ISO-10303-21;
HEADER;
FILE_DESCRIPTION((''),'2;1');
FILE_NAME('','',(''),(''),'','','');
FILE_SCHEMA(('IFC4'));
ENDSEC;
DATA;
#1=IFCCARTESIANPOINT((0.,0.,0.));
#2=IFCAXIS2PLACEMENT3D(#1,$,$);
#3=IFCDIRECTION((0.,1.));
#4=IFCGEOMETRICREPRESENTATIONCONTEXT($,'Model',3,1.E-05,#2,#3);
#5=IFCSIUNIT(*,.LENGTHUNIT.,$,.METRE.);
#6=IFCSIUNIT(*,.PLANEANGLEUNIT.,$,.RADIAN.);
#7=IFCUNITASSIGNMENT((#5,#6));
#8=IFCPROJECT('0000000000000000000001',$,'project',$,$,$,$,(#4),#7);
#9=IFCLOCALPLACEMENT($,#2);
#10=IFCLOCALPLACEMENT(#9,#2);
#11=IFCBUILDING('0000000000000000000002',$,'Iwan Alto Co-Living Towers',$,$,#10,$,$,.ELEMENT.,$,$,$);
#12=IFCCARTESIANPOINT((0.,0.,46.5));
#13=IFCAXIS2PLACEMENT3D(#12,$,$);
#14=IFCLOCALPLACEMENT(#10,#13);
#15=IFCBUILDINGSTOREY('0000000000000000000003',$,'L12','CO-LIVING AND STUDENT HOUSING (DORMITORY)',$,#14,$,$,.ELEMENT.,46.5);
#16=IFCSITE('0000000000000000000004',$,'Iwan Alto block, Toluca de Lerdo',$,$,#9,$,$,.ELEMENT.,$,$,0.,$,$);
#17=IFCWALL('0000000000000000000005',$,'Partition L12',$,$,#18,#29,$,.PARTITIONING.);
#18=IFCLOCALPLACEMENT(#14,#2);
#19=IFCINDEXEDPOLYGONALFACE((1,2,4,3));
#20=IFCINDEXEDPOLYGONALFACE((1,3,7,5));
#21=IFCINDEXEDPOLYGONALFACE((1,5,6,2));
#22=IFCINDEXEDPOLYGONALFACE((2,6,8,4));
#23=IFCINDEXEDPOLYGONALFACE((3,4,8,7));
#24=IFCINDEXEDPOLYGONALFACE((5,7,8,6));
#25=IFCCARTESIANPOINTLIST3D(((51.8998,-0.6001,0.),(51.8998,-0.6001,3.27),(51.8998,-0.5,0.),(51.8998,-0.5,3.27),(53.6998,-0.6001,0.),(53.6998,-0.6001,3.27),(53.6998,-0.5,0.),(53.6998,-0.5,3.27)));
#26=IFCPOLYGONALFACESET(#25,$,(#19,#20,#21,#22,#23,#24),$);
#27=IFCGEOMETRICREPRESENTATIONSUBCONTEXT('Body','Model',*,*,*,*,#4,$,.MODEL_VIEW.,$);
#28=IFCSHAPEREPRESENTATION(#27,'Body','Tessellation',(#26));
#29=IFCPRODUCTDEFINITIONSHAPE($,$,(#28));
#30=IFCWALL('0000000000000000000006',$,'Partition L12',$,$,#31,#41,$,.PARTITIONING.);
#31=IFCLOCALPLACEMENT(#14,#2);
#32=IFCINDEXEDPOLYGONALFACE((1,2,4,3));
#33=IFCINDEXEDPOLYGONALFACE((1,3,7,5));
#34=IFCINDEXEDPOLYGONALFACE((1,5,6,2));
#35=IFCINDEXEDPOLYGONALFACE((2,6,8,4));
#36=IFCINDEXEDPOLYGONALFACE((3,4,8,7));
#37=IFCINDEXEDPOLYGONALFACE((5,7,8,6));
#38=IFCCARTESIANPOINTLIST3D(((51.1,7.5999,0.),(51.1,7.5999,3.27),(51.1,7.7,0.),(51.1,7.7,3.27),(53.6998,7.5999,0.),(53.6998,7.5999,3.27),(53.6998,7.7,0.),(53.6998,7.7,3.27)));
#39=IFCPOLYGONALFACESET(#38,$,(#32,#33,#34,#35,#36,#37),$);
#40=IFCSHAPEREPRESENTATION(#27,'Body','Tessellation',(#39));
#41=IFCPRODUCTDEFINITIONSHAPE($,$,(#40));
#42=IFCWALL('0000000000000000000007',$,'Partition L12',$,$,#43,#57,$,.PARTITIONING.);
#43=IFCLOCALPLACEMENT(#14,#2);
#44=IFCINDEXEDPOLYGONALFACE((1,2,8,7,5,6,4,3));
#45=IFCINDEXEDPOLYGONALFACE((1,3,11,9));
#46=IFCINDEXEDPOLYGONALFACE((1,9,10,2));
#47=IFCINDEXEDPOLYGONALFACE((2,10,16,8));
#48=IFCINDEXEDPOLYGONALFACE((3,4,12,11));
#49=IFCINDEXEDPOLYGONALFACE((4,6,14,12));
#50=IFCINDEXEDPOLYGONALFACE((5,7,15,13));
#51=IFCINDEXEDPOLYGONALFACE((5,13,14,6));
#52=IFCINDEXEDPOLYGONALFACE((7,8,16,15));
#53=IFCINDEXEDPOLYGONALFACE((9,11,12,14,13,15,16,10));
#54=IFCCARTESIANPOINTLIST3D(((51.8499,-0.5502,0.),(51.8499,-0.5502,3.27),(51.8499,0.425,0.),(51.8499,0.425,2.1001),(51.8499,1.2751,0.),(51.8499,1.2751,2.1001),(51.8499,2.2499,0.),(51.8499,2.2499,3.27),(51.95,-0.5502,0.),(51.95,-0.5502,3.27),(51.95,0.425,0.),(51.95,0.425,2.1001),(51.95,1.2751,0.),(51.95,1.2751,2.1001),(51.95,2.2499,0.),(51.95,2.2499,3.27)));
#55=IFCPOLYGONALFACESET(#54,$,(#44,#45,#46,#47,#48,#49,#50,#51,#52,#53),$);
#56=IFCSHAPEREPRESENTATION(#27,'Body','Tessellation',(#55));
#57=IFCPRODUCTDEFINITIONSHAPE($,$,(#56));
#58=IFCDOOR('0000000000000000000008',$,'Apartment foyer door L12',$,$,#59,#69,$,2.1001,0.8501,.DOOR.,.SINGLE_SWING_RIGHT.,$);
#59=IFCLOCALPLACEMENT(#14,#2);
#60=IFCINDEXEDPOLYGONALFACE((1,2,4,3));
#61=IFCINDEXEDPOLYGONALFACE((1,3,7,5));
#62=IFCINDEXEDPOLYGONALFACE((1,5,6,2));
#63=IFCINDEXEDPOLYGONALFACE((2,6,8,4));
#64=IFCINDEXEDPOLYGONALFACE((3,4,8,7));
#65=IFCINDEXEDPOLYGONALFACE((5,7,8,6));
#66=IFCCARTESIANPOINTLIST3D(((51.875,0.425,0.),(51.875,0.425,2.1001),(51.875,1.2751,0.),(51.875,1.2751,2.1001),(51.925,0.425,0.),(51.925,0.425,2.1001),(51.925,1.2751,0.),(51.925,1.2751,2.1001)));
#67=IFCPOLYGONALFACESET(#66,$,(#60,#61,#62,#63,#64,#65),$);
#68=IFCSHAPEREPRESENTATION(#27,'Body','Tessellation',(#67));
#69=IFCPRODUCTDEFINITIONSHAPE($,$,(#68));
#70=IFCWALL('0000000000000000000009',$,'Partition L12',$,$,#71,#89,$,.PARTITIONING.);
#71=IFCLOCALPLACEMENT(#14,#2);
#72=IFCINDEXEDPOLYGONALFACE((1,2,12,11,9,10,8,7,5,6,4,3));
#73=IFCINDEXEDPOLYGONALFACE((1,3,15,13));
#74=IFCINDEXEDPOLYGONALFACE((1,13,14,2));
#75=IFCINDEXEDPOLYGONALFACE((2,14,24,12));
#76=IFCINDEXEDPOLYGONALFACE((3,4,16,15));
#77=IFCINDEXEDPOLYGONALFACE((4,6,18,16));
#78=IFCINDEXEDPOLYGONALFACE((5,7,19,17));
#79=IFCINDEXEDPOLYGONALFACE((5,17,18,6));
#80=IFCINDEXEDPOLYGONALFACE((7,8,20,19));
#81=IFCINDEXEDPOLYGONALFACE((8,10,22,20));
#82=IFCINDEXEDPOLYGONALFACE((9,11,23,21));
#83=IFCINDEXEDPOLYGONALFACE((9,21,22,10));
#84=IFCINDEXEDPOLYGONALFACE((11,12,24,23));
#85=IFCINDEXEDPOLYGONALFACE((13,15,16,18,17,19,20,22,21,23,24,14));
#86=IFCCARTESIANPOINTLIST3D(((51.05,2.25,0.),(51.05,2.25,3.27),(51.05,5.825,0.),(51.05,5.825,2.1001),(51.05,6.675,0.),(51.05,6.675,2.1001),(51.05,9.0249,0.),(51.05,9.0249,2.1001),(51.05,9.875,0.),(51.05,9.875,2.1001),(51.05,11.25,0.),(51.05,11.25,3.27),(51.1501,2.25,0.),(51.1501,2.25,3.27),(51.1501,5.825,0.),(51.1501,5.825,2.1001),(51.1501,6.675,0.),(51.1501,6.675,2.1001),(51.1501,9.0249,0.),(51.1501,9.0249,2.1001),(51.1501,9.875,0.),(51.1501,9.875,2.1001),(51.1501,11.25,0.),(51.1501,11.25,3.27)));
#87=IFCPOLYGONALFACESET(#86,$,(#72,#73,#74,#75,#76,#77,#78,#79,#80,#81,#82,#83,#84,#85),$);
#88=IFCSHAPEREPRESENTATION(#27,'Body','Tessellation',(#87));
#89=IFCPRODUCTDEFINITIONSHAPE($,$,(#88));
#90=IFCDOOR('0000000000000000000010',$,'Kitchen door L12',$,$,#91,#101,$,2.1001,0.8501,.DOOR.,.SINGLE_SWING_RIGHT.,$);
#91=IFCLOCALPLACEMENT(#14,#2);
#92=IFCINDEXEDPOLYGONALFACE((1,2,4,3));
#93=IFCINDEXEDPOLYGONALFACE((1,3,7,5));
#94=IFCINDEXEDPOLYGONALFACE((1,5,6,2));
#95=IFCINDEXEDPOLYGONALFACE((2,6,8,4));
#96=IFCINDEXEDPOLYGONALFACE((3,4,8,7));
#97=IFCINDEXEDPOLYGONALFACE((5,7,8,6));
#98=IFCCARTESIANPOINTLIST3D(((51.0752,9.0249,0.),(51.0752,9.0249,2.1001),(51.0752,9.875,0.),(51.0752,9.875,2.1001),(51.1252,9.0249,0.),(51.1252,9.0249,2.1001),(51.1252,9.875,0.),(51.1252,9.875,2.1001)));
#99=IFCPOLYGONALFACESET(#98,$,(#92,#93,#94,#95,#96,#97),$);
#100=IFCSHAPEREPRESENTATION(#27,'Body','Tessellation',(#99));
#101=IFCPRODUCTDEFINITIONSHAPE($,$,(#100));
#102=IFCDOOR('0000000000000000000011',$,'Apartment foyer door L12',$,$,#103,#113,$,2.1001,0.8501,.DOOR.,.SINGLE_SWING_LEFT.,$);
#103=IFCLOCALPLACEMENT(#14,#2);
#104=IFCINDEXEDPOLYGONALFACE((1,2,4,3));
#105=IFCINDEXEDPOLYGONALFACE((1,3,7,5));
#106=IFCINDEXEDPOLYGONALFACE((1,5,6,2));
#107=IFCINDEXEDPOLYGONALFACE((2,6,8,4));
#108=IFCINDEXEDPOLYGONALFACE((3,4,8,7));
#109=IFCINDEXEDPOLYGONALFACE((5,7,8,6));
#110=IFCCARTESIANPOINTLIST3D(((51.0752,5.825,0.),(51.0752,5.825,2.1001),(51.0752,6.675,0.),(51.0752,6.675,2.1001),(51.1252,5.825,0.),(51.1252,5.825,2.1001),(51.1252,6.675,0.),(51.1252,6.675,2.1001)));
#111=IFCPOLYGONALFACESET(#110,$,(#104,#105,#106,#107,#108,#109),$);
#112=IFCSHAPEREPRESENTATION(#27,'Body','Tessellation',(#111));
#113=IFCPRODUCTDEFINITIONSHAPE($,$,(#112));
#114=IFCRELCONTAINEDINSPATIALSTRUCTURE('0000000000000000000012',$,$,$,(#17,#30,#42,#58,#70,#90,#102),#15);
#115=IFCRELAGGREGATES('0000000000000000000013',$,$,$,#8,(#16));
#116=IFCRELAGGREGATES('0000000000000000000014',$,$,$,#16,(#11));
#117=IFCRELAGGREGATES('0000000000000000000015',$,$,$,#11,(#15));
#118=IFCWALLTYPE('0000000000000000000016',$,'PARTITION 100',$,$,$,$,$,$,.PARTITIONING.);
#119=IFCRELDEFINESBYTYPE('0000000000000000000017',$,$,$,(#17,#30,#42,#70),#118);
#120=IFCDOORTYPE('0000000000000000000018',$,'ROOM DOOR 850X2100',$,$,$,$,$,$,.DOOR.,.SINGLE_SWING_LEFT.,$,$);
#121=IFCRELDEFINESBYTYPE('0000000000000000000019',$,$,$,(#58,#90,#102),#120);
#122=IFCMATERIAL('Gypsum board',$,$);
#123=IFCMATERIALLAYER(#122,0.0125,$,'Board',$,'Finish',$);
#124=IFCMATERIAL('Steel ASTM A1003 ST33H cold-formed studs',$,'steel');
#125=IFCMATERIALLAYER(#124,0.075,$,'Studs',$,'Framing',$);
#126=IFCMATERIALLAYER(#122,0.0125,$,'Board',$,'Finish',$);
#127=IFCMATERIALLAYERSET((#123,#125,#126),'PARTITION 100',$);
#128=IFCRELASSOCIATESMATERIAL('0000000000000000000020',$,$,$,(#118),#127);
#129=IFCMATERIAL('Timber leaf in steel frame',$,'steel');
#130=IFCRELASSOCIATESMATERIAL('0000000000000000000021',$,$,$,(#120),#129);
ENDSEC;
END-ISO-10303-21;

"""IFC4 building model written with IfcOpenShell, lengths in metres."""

from ifc_helpers import new_model, si_unit, direction, frame, frame_2d, origin, place, context, subcontext, project, spatial, rectangle, extrude, material, layer, layer_set, type_object, element, fill, save


model = new_model("IFC4")

# Units and contexts
model_context = context("Model", 3, precision=1e-05, world=origin(), true_north=direction((0.0, 1.0)))
body_context = subcontext(model_context, "Body", "Model", "MODEL_VIEW")
ifc_project = project(units=[si_unit("LENGTHUNIT", "METRE"), si_unit("PLANEANGLEUNIT", "RADIAN")], contexts=[model_context])

# Site, building, storey
site_placement = place(None, origin())
site = spatial("IfcSite", under=ifc_project, at=site_placement, Name="Iwan Alto block, Toluca de Lerdo", CompositionType="ELEMENT", RefElevation=0.0)
building_placement = place(site_placement, origin())
building = spatial("IfcBuilding", under=site, at=building_placement, Name="Iwan Alto Co-Living Towers", CompositionType="ELEMENT")
storey_placement = place(building_placement, frame((0.0, 0.0, 46.5)))
storey = spatial("IfcBuildingStorey", under=building, at=storey_placement, Name="L12", Description="CO-LIVING AND STUDENT HOUSING (DORMITORY)", CompositionType="ELEMENT", Elevation=46.5)

# Walls
ifc_material_1 = material(Name="Gypsum board")
ifc_layer_1 = layer(ifc_material_1, 0.0125, Name="Board", Category="Finish")
ifc_material_2 = material(Name="Steel ASTM A1003 ST33H cold-formed studs", Category="steel")
ifc_layer_2 = layer(ifc_material_2, 0.075, Name="Studs", Category="Framing")
ifc_layer_3 = layer(ifc_material_1, 0.0125, Name="Board", Category="Finish")
ifc_layer_set_1 = layer_set([ifc_layer_1, ifc_layer_2, ifc_layer_3], Name="PARTITION 100")
wall_type_1 = type_object("IfcWallType", Name="PARTITION 100", PredefinedType="PARTITIONING", material=ifc_layer_set_1)
wall_1_placement = place(storey_placement, frame((51.8999, -0.55, 0.0), z_axis=(0.0, 0.0, 1.0), x_axis=(1.0, 0.0, 0.0)))
element("IfcWall", 1, at=wall_1_placement, inside=storey, type_object=wall_type_1, Name="Partition L12", PredefinedType="PARTITIONING", context=body_context, shape_type="SweptSolid", body=[
    extrude(rectangle(XDim=1.8, YDim=0.1001, at=frame_2d((0.8999, 0.0))), origin(), (0.0, 0.0, 1.0), 3.27),
])
wall_2_placement = place(storey_placement, frame((51.1001, 7.6499, 0.0), z_axis=(0.0, 0.0, 1.0), x_axis=(1.0, 0.0, 0.0)))
element("IfcWall", 2, at=wall_2_placement, inside=storey, type_object=wall_type_1, Name="Partition L12", PredefinedType="PARTITIONING", context=body_context, shape_type="SweptSolid", body=[
    extrude(rectangle(XDim=2.5999, YDim=0.1001, at=frame_2d((1.2998, 0.0))), origin(), (0.0, 0.0, 1.0), 3.27),
])

# Wall, opening, door
wall_3_placement = place(storey_placement, frame((51.8999, -0.55, 0.0), z_axis=(0.0, 0.0, 1.0), x_axis=(0.0, 1.0, 0.0)))
wall_3 = element("IfcWall", 3, at=wall_3_placement, inside=storey, type_object=wall_type_1, Name="Partition L12", PredefinedType="PARTITIONING", context=body_context, shape_type="SweptSolid", body=[
    extrude(rectangle(XDim=2.8, YDim=0.1001, at=frame_2d((1.3999, 0.0))), origin(), (0.0, 0.0, 1.0), 3.27),
])
opening_1_placement = place(wall_3_placement, frame((0.9751, 0.0, 0.0)))
opening_1 = element("IfcOpeningElement", 4, at=opening_1_placement, cuts=wall_3, PredefinedType="OPENING", context=body_context, shape_type="SweptSolid", body=[
    extrude(rectangle(XDim=0.8501, YDim=2.1001, at=frame_2d((0.425, 1.05))), frame((0.0, 0.0601, 0.0), z_axis=(0.0, -1.0, 0.0), x_axis=(1.0, 0.0, 0.0)), (0.0, 0.0, 1.0), 0.1201),
])
ifc_material_3 = material(Name="Timber leaf in steel frame", Category="steel")
door_type_1 = type_object("IfcDoorType", Name="ROOM DOOR 850X2100", OperationType="SINGLE_SWING_LEFT", PredefinedType="DOOR", material=ifc_material_3)
door_1_placement = place(opening_1_placement, origin())
door_1 = element("IfcDoor", 5, at=door_1_placement, inside=storey, type_object=door_type_1, Name="Apartment foyer door L12", OperationType="SINGLE_SWING_RIGHT", OverallHeight=2.1001, OverallWidth=0.8501, PredefinedType="DOOR", context=body_context, shape_type="SweptSolid", body=[
    extrude(rectangle(XDim=0.8501, YDim=2.1001, at=frame_2d((0.425, 1.05))), frame((0.0, 0.0249, 0.0), z_axis=(0.0, -1.0, 0.0), x_axis=(1.0, 0.0, 0.0)), (0.0, 0.0, 1.0), 0.05),
])
fill(opening_1, door_1)

# Wall, openings, doors
wall_4_placement = place(storey_placement, frame((51.1001, 2.25, 0.0), z_axis=(0.0, 0.0, 1.0), x_axis=(0.0, 1.0, 0.0)))
wall_4 = element("IfcWall", 6, at=wall_4_placement, inside=storey, type_object=wall_type_1, Name="Partition L12", PredefinedType="PARTITIONING", context=body_context, shape_type="SweptSolid", body=[
    extrude(rectangle(XDim=9.0, YDim=0.1001, at=frame_2d((4.5, 0.0))), origin(), (0.0, 0.0, 1.0), 3.27),
])
opening_2_placement = place(wall_4_placement, frame((6.7749, 0.0, 0.0)))
opening_2 = element("IfcOpeningElement", 7, at=opening_2_placement, cuts=wall_4, PredefinedType="OPENING", context=body_context, shape_type="SweptSolid", body=[
    extrude(rectangle(XDim=0.8501, YDim=2.1001, at=frame_2d((0.425, 1.05))), frame((0.0, 0.0601, 0.0), z_axis=(0.0, -1.0, 0.0), x_axis=(1.0, 0.0, 0.0)), (0.0, 0.0, 1.0), 0.1201),
])
opening_3_placement = place(wall_4_placement, frame((3.575, 0.0, 0.0)))
opening_3 = element("IfcOpeningElement", 8, at=opening_3_placement, cuts=wall_4, PredefinedType="OPENING", context=body_context, shape_type="SweptSolid", body=[
    extrude(rectangle(XDim=0.8501, YDim=2.1001, at=frame_2d((0.425, 1.05))), frame((0.0, 0.0601, 0.0), z_axis=(0.0, -1.0, 0.0), x_axis=(1.0, 0.0, 0.0)), (0.0, 0.0, 1.0), 0.1201),
])
door_2_placement = place(opening_2_placement, origin())
door_2 = element("IfcDoor", 9, at=door_2_placement, inside=storey, type_object=door_type_1, Name="Kitchen door L12", OperationType="SINGLE_SWING_RIGHT", OverallHeight=2.1001, OverallWidth=0.8501, PredefinedType="DOOR", context=body_context, shape_type="SweptSolid", body=[
    extrude(rectangle(XDim=0.8501, YDim=2.1001, at=frame_2d((0.425, 1.05))), frame((0.0, 0.0249, 0.0), z_axis=(0.0, -1.0, 0.0), x_axis=(1.0, 0.0, 0.0)), (0.0, 0.0, 1.0), 0.05),
])
fill(opening_2, door_2)
door_3_placement = place(opening_3_placement, origin())
door_3 = element("IfcDoor", 10, at=door_3_placement, inside=storey, type_object=door_type_1, Name="Apartment foyer door L12", OperationType="SINGLE_SWING_LEFT", OverallHeight=2.1001, OverallWidth=0.8501, PredefinedType="DOOR", context=body_context, shape_type="SweptSolid", body=[
    extrude(rectangle(XDim=0.8501, YDim=2.1001, at=frame_2d((0.425, 1.05))), frame((0.0, 0.0249, 0.0), z_axis=(0.0, -1.0, 0.0), x_axis=(1.0, 0.0, 0.0)), (0.0, 0.0, 1.0), 0.05),
])
fill(opening_3, door_3)

save(model, "model.ifc")
